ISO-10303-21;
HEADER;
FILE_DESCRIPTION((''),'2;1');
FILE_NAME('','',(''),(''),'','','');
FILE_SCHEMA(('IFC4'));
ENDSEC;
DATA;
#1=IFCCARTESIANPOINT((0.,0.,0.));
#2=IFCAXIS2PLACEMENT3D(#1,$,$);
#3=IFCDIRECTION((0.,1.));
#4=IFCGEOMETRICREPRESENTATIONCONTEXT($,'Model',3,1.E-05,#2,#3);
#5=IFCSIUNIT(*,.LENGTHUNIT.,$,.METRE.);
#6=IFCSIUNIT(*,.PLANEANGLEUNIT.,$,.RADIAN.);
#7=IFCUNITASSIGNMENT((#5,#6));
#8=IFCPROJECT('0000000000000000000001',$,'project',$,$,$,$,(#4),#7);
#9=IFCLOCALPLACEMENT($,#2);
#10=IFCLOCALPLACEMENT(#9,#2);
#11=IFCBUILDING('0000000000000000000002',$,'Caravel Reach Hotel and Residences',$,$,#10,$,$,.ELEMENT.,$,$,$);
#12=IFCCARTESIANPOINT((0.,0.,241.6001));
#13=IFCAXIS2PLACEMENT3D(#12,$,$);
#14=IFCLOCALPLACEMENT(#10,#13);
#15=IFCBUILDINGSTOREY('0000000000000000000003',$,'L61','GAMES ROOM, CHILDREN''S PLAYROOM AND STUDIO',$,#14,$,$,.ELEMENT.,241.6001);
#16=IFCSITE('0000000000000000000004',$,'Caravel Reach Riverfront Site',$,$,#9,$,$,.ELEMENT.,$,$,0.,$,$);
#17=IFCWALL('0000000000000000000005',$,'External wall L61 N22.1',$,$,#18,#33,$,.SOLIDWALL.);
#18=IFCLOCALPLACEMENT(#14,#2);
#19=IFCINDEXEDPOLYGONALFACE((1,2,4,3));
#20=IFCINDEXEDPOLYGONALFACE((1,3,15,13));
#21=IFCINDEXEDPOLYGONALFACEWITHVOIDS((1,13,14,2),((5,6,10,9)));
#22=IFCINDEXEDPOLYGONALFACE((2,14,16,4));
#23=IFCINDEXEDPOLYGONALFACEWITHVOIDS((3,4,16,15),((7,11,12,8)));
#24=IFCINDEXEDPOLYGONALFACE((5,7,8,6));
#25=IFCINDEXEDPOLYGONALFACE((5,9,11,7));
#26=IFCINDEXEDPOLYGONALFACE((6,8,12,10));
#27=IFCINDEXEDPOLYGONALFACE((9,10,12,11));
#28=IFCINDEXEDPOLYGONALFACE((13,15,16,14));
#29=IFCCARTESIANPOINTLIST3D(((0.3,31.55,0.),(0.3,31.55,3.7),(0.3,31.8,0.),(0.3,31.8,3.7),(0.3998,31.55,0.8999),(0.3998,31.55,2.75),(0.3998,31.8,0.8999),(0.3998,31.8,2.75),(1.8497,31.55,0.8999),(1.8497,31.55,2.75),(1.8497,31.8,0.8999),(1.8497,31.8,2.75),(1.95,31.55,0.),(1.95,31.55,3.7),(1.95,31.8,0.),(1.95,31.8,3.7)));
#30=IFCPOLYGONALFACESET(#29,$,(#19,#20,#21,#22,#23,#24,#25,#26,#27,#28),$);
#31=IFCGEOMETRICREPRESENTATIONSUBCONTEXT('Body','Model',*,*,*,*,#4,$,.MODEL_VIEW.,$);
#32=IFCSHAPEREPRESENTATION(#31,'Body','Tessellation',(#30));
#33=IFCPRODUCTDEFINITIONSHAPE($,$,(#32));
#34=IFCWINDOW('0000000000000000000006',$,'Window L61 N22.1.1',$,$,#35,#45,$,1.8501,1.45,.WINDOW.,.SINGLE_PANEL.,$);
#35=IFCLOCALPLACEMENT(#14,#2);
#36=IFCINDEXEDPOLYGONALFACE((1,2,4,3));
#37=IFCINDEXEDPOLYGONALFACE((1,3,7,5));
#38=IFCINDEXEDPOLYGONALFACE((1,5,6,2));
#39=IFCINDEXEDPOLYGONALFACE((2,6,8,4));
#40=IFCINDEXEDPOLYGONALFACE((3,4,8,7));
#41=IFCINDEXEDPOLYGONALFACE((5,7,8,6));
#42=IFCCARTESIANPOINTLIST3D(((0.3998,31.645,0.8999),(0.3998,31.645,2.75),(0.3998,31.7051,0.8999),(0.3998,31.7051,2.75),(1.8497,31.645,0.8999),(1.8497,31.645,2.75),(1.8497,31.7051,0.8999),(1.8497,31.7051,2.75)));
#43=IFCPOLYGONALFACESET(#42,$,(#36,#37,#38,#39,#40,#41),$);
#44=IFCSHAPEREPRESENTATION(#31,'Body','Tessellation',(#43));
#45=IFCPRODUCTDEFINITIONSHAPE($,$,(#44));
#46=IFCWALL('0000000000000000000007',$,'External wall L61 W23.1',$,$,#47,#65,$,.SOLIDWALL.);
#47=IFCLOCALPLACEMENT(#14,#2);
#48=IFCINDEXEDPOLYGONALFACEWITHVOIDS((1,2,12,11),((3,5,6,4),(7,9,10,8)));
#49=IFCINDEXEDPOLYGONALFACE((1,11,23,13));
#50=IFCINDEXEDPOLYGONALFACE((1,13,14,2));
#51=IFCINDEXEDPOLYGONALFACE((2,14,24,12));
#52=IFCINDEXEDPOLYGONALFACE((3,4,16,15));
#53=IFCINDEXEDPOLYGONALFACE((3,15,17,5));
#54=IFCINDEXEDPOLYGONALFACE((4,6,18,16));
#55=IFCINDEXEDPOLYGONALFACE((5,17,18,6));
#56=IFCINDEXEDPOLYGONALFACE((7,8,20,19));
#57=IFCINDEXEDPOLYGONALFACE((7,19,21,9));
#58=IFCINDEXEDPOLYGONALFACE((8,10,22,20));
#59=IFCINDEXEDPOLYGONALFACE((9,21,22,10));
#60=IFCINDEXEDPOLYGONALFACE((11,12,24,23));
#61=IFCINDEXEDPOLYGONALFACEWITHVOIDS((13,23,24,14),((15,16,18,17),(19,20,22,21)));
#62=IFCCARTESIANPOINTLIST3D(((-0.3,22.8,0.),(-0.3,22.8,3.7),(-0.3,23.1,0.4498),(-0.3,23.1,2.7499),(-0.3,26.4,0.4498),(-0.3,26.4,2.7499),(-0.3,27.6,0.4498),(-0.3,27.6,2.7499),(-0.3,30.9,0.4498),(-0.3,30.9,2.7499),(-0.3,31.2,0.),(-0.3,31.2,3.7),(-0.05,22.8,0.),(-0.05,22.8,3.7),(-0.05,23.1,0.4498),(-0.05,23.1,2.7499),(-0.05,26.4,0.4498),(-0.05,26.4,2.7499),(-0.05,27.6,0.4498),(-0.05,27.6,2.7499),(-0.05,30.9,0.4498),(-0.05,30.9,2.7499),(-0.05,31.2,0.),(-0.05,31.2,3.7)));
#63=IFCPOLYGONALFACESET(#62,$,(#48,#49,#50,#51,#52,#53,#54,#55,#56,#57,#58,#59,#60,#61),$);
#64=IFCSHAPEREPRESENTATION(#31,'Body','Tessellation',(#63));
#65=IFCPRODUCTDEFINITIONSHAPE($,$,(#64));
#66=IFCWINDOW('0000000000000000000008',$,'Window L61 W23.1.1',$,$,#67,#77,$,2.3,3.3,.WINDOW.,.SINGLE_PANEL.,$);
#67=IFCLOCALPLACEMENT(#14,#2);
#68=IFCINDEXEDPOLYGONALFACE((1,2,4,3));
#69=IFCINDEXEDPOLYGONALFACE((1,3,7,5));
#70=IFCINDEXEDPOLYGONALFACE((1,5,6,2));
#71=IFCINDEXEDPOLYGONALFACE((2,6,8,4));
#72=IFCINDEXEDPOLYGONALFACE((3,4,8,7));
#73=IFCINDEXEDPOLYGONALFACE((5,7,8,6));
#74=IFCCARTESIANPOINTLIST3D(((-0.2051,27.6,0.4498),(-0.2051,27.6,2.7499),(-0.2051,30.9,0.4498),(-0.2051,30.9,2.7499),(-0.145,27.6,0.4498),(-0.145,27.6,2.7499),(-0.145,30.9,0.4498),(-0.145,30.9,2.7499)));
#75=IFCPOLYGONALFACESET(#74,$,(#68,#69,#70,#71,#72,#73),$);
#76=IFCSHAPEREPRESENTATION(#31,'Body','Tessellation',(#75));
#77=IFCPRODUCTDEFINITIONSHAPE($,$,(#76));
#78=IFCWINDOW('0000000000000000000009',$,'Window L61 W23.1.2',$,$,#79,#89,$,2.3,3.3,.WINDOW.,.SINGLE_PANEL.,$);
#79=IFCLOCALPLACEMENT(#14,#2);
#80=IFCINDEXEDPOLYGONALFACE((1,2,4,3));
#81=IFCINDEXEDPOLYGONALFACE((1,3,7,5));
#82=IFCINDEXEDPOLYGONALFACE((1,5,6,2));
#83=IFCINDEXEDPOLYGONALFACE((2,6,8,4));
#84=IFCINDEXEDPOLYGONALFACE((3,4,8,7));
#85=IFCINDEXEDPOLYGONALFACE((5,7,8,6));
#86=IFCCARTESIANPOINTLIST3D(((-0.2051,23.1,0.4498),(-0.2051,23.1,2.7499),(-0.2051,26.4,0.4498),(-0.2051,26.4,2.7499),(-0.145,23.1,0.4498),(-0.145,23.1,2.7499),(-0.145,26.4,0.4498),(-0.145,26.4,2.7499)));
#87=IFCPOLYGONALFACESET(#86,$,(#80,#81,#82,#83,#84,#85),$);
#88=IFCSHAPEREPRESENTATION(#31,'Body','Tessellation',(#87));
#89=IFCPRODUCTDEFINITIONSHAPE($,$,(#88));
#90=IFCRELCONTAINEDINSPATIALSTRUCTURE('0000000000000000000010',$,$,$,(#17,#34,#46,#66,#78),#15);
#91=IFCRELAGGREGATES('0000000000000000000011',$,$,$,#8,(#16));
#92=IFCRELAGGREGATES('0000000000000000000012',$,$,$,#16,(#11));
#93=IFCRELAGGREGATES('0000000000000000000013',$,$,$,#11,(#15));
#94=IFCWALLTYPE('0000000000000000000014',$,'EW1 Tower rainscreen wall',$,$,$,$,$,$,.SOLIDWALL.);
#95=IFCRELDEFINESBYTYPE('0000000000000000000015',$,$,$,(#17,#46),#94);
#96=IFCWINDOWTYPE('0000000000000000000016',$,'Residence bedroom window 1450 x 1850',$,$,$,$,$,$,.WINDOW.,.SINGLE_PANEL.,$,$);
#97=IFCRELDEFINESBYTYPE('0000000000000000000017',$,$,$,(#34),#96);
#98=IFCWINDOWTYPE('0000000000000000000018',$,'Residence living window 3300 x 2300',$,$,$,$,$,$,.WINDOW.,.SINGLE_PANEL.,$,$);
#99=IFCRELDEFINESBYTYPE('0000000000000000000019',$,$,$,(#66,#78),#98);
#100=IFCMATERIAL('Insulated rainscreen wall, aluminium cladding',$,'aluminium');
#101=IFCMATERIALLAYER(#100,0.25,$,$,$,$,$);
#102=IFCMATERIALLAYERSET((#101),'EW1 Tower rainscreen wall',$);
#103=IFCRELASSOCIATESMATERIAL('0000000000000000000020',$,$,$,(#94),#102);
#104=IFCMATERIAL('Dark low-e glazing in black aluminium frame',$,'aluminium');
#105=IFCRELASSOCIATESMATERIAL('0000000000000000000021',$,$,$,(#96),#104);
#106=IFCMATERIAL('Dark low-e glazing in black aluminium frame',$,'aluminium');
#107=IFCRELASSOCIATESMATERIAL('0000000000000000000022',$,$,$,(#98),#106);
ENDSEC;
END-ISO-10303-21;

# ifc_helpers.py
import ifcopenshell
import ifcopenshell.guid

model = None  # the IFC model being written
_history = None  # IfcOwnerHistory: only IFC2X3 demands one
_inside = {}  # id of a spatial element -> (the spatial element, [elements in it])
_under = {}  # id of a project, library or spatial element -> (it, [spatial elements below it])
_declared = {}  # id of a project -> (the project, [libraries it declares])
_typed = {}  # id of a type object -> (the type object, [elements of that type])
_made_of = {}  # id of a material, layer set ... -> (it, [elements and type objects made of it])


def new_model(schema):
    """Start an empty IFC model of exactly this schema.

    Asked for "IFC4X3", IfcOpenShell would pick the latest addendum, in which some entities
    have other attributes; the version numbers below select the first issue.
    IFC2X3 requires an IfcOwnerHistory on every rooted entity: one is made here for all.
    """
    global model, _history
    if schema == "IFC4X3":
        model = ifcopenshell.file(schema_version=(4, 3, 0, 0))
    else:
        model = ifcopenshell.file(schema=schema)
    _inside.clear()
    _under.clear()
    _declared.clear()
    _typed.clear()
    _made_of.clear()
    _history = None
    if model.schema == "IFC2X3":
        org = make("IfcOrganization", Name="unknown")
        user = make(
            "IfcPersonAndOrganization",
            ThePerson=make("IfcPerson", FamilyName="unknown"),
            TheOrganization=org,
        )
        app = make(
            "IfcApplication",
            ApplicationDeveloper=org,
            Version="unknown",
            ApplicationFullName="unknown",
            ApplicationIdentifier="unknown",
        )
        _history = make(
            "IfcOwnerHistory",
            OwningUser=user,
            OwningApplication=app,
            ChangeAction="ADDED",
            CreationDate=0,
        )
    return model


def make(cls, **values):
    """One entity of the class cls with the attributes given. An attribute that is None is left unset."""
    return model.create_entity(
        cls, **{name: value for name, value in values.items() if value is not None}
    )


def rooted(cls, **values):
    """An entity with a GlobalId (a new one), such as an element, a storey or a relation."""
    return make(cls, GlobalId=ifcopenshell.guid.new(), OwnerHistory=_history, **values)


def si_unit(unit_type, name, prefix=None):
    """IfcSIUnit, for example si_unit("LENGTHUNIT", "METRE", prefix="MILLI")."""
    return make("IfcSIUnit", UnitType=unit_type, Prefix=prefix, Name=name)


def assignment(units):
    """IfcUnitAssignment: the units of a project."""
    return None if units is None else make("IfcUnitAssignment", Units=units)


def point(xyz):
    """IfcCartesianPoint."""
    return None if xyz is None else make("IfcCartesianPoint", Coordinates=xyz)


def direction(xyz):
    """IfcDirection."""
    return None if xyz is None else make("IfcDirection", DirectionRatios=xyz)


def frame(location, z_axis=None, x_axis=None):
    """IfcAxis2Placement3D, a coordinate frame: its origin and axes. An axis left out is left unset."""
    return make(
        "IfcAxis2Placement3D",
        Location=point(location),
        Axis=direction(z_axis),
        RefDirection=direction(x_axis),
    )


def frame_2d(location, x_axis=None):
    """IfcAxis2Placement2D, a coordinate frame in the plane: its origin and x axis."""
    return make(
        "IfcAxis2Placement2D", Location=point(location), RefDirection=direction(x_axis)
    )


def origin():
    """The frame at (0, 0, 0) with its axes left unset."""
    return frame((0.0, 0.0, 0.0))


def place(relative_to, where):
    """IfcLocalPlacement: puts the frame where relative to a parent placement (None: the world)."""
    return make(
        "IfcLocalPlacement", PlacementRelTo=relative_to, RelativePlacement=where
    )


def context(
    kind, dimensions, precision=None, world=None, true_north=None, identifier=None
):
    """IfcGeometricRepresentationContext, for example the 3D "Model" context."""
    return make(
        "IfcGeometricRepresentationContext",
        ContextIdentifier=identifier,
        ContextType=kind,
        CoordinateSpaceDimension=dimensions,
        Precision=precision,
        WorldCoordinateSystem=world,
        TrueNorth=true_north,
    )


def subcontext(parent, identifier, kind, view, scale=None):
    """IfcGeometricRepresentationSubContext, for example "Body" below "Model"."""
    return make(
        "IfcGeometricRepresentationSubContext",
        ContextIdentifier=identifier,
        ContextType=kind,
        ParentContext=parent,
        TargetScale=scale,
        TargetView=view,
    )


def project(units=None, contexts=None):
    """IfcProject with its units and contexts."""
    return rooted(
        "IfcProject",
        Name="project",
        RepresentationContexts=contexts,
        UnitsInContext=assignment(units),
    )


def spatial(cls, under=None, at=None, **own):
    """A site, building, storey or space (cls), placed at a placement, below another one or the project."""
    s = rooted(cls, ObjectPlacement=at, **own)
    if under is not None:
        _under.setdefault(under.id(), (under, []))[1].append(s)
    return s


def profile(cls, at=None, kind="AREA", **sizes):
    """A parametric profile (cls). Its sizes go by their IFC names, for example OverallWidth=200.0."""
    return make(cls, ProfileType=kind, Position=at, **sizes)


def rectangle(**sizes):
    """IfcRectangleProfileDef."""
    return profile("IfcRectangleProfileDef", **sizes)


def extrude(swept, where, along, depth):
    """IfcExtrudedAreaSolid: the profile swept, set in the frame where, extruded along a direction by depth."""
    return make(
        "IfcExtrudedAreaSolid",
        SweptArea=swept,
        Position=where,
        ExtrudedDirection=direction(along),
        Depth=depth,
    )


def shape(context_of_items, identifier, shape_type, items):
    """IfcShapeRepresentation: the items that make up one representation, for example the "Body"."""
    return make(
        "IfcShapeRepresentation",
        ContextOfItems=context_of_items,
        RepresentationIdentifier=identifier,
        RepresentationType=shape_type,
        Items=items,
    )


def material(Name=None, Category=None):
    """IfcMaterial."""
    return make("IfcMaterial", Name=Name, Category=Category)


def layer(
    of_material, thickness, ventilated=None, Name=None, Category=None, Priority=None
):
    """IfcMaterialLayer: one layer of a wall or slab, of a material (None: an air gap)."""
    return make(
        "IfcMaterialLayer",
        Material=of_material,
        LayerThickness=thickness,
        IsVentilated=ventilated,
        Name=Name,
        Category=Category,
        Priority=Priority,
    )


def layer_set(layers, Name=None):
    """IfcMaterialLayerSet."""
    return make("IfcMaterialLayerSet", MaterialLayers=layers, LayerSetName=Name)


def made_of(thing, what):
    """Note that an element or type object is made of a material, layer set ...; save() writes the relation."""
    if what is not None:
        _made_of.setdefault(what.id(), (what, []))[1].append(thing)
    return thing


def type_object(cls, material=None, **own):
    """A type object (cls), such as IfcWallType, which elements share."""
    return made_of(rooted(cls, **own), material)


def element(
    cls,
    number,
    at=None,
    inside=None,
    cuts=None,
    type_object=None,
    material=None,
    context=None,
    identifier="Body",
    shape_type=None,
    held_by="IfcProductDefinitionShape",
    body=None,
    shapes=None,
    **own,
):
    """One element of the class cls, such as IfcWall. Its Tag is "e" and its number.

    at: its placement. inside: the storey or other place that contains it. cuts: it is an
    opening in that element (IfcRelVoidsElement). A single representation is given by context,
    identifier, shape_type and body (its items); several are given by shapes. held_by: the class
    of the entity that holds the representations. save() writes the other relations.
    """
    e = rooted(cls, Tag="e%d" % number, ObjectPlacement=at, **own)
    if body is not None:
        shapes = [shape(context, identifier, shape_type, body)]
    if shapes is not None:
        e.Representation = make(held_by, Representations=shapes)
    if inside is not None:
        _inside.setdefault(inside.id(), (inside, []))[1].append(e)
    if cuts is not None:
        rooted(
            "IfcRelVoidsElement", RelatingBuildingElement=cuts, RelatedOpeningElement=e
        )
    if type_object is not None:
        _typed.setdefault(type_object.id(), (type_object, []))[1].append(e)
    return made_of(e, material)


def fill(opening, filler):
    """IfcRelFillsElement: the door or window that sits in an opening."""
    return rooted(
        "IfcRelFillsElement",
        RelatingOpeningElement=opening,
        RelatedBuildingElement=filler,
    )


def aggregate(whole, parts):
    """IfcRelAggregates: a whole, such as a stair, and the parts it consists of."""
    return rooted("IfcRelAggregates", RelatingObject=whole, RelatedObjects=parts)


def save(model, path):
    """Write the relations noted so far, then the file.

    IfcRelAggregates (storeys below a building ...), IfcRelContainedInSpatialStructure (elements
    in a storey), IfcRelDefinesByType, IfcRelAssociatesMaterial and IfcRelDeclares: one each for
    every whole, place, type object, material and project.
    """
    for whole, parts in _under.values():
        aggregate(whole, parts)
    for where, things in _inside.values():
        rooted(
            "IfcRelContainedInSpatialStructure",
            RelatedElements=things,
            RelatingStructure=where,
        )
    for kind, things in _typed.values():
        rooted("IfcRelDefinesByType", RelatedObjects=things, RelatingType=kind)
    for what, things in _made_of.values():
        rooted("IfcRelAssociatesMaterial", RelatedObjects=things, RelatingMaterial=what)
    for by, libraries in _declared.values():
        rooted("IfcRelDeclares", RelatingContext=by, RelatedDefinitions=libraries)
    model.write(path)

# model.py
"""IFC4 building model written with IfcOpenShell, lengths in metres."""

from ifc_helpers import new_model, si_unit, direction, frame, frame_2d, origin, place, context, subcontext, project, spatial, rectangle, extrude, material, layer, layer_set, type_object, element, fill, save


model = new_model("IFC4")

# Units and contexts
model_context = context("Model", 3, precision=1e-05, world=origin(), true_north=direction((0.0, 1.0)))
body_context = subcontext(model_context, "Body", "Model", "MODEL_VIEW")
ifc_project = project(units=[si_unit("LENGTHUNIT", "METRE"), si_unit("PLANEANGLEUNIT", "RADIAN")], contexts=[model_context])

# Site, building, storey
site_placement = place(None, origin())
site = spatial("IfcSite", under=ifc_project, at=site_placement, Name="Caravel Reach Riverfront Site", CompositionType="ELEMENT", RefElevation=0.0)
building_placement = place(site_placement, origin())
building = spatial("IfcBuilding", under=site, at=building_placement, Name="Caravel Reach Hotel and Residences", CompositionType="ELEMENT")
storey_placement = place(building_placement, frame((0.0, 0.0, 241.6001)))
storey = spatial("IfcBuildingStorey", under=building, at=storey_placement, Name="L61", Description="GAMES ROOM, CHILDREN'S PLAYROOM AND STUDIO", CompositionType="ELEMENT", Elevation=241.6001)

# Wall, opening, window
ifc_material_1 = material(Name="Insulated rainscreen wall, aluminium cladding", Category="aluminium")
ifc_layer_1 = layer(ifc_material_1, 0.25)
ifc_layer_set_1 = layer_set([ifc_layer_1], Name="EW1 Tower rainscreen wall")
wall_type_1 = type_object("IfcWallType", Name="EW1 Tower rainscreen wall", PredefinedType="SOLIDWALL", material=ifc_layer_set_1)
ifc_material_2 = material(Name="Dark low-e glazing in black aluminium frame", Category="aluminium")
window_type_1 = type_object("IfcWindowType", Name="Residence bedroom window 1450 x 1850", PartitioningType="SINGLE_PANEL", PredefinedType="WINDOW", material=ifc_material_2)
wall_1_placement = place(storey_placement, frame((1.95, 31.675, 0.0), z_axis=(0.0, 0.0, 1.0), x_axis=(-1.0, 0.0, 0.0)))
wall_1 = element("IfcWall", 1, at=wall_1_placement, inside=storey, type_object=wall_type_1, Name="External wall L61 N22.1", PredefinedType="SOLIDWALL", context=body_context, shape_type="SweptSolid", body=[
    extrude(rectangle(XDim=1.6499, YDim=0.25, at=frame_2d((0.825, 0.0))), origin(), (0.0, 0.0, 1.0), 3.7),
])
opening_1_placement = place(wall_1_placement, frame((0.1001, 0.0, 0.8999)))
opening_1 = element("IfcOpeningElement", 2, at=opening_1_placement, cuts=wall_1, PredefinedType="OPENING", context=body_context, shape_type="SweptSolid", body=[
    extrude(rectangle(XDim=1.45, YDim=1.8501, at=frame_2d((0.7251, 0.925))), frame((0.0, 0.135, 0.0), z_axis=(0.0, -1.0, 0.0), x_axis=(1.0, 0.0, 0.0)), (0.0, 0.0, 1.0), 0.27),
])
window_1_placement = place(opening_1_placement, origin())
window_1 = element("IfcWindow", 3, at=window_1_placement, inside=storey, type_object=window_type_1, Name="Window L61 N22.1.1", OverallHeight=1.8501, OverallWidth=1.45, PartitioningType="SINGLE_PANEL", PredefinedType="WINDOW", context=body_context, shape_type="SweptSolid", body=[
    extrude(rectangle(XDim=1.45, YDim=1.8501, at=frame_2d((0.7251, 0.925))), frame((0.0, 0.03, 0.0), z_axis=(0.0, -1.0, 0.0), x_axis=(1.0, 0.0, 0.0)), (0.0, 0.0, 1.0), 0.0601),
])
fill(opening_1, window_1)

# Wall, openings, windows
wall_2_placement = place(storey_placement, frame((-0.175, 31.2, 0.0), z_axis=(0.0, 0.0, 1.0), x_axis=(0.0, -1.0, 0.0)))
wall_2 = element("IfcWall", 4, at=wall_2_placement, inside=storey, type_object=wall_type_1, Name="External wall L61 W23.1", PredefinedType="SOLIDWALL", context=body_context, shape_type="SweptSolid", body=[
    extrude(rectangle(XDim=8.3999, YDim=0.25, at=frame_2d((4.2, 0.0))), origin(), (0.0, 0.0, 1.0), 3.7),
])
opening_2_placement = place(wall_2_placement, frame((0.3, 0.0, 0.45)))
opening_2 = element("IfcOpeningElement", 5, at=opening_2_placement, cuts=wall_2, PredefinedType="OPENING", context=body_context, shape_type="SweptSolid", body=[
    extrude(rectangle(XDim=3.3, YDim=2.3, at=frame_2d((1.6499, 1.1499))), frame((0.0, 0.135, 0.0), z_axis=(0.0, -1.0, 0.0), x_axis=(1.0, 0.0, 0.0)), (0.0, 0.0, 1.0), 0.27),
])
opening_3_placement = place(wall_2_placement, frame((4.8, 0.0, 0.45)))
opening_3 = element("IfcOpeningElement", 6, at=opening_3_placement, cuts=wall_2, PredefinedType="OPENING", context=body_context, shape_type="SweptSolid", body=[
    extrude(rectangle(XDim=3.3, YDim=2.3, at=frame_2d((1.6499, 1.1499))), frame((0.0, 0.135, 0.0), z_axis=(0.0, -1.0, 0.0), x_axis=(1.0, 0.0, 0.0)), (0.0, 0.0, 1.0), 0.27),
])
ifc_material_3 = material(Name="Dark low-e glazing in black aluminium frame", Category="aluminium")
window_type_2 = type_object("IfcWindowType", Name="Residence living window 3300 x 2300", PartitioningType="SINGLE_PANEL", PredefinedType="WINDOW", material=ifc_material_3)
window_2_placement = place(opening_2_placement, origin())
window_2 = element("IfcWindow", 7, at=window_2_placement, inside=storey, type_object=window_type_2, Name="Window L61 W23.1.1", OverallHeight=2.3, OverallWidth=3.3, PartitioningType="SINGLE_PANEL", PredefinedType="WINDOW", context=body_context, shape_type="SweptSolid", body=[
    extrude(rectangle(XDim=3.3, YDim=2.3, at=frame_2d((1.6499, 1.1499))), frame((0.0, 0.03, 0.0), z_axis=(0.0, -1.0, 0.0), x_axis=(1.0, 0.0, 0.0)), (0.0, 0.0, 1.0), 0.0601),
])
fill(opening_2, window_2)
window_3_placement = place(opening_3_placement, origin())
window_3 = element("IfcWindow", 8, at=window_3_placement, inside=storey, type_object=window_type_2, Name="Window L61 W23.1.2", OverallHeight=2.3, OverallWidth=3.3, PartitioningType="SINGLE_PANEL", PredefinedType="WINDOW", context=body_context, shape_type="SweptSolid", body=[
    extrude(rectangle(XDim=3.3, YDim=2.3, at=frame_2d((1.6499, 1.1499))), frame((0.0, 0.03, 0.0), z_axis=(0.0, -1.0, 0.0), x_axis=(1.0, 0.0, 0.0)), (0.0, 0.0, 1.0), 0.0601),
])
fill(opening_3, window_3)

save(model, "model.ifc")
